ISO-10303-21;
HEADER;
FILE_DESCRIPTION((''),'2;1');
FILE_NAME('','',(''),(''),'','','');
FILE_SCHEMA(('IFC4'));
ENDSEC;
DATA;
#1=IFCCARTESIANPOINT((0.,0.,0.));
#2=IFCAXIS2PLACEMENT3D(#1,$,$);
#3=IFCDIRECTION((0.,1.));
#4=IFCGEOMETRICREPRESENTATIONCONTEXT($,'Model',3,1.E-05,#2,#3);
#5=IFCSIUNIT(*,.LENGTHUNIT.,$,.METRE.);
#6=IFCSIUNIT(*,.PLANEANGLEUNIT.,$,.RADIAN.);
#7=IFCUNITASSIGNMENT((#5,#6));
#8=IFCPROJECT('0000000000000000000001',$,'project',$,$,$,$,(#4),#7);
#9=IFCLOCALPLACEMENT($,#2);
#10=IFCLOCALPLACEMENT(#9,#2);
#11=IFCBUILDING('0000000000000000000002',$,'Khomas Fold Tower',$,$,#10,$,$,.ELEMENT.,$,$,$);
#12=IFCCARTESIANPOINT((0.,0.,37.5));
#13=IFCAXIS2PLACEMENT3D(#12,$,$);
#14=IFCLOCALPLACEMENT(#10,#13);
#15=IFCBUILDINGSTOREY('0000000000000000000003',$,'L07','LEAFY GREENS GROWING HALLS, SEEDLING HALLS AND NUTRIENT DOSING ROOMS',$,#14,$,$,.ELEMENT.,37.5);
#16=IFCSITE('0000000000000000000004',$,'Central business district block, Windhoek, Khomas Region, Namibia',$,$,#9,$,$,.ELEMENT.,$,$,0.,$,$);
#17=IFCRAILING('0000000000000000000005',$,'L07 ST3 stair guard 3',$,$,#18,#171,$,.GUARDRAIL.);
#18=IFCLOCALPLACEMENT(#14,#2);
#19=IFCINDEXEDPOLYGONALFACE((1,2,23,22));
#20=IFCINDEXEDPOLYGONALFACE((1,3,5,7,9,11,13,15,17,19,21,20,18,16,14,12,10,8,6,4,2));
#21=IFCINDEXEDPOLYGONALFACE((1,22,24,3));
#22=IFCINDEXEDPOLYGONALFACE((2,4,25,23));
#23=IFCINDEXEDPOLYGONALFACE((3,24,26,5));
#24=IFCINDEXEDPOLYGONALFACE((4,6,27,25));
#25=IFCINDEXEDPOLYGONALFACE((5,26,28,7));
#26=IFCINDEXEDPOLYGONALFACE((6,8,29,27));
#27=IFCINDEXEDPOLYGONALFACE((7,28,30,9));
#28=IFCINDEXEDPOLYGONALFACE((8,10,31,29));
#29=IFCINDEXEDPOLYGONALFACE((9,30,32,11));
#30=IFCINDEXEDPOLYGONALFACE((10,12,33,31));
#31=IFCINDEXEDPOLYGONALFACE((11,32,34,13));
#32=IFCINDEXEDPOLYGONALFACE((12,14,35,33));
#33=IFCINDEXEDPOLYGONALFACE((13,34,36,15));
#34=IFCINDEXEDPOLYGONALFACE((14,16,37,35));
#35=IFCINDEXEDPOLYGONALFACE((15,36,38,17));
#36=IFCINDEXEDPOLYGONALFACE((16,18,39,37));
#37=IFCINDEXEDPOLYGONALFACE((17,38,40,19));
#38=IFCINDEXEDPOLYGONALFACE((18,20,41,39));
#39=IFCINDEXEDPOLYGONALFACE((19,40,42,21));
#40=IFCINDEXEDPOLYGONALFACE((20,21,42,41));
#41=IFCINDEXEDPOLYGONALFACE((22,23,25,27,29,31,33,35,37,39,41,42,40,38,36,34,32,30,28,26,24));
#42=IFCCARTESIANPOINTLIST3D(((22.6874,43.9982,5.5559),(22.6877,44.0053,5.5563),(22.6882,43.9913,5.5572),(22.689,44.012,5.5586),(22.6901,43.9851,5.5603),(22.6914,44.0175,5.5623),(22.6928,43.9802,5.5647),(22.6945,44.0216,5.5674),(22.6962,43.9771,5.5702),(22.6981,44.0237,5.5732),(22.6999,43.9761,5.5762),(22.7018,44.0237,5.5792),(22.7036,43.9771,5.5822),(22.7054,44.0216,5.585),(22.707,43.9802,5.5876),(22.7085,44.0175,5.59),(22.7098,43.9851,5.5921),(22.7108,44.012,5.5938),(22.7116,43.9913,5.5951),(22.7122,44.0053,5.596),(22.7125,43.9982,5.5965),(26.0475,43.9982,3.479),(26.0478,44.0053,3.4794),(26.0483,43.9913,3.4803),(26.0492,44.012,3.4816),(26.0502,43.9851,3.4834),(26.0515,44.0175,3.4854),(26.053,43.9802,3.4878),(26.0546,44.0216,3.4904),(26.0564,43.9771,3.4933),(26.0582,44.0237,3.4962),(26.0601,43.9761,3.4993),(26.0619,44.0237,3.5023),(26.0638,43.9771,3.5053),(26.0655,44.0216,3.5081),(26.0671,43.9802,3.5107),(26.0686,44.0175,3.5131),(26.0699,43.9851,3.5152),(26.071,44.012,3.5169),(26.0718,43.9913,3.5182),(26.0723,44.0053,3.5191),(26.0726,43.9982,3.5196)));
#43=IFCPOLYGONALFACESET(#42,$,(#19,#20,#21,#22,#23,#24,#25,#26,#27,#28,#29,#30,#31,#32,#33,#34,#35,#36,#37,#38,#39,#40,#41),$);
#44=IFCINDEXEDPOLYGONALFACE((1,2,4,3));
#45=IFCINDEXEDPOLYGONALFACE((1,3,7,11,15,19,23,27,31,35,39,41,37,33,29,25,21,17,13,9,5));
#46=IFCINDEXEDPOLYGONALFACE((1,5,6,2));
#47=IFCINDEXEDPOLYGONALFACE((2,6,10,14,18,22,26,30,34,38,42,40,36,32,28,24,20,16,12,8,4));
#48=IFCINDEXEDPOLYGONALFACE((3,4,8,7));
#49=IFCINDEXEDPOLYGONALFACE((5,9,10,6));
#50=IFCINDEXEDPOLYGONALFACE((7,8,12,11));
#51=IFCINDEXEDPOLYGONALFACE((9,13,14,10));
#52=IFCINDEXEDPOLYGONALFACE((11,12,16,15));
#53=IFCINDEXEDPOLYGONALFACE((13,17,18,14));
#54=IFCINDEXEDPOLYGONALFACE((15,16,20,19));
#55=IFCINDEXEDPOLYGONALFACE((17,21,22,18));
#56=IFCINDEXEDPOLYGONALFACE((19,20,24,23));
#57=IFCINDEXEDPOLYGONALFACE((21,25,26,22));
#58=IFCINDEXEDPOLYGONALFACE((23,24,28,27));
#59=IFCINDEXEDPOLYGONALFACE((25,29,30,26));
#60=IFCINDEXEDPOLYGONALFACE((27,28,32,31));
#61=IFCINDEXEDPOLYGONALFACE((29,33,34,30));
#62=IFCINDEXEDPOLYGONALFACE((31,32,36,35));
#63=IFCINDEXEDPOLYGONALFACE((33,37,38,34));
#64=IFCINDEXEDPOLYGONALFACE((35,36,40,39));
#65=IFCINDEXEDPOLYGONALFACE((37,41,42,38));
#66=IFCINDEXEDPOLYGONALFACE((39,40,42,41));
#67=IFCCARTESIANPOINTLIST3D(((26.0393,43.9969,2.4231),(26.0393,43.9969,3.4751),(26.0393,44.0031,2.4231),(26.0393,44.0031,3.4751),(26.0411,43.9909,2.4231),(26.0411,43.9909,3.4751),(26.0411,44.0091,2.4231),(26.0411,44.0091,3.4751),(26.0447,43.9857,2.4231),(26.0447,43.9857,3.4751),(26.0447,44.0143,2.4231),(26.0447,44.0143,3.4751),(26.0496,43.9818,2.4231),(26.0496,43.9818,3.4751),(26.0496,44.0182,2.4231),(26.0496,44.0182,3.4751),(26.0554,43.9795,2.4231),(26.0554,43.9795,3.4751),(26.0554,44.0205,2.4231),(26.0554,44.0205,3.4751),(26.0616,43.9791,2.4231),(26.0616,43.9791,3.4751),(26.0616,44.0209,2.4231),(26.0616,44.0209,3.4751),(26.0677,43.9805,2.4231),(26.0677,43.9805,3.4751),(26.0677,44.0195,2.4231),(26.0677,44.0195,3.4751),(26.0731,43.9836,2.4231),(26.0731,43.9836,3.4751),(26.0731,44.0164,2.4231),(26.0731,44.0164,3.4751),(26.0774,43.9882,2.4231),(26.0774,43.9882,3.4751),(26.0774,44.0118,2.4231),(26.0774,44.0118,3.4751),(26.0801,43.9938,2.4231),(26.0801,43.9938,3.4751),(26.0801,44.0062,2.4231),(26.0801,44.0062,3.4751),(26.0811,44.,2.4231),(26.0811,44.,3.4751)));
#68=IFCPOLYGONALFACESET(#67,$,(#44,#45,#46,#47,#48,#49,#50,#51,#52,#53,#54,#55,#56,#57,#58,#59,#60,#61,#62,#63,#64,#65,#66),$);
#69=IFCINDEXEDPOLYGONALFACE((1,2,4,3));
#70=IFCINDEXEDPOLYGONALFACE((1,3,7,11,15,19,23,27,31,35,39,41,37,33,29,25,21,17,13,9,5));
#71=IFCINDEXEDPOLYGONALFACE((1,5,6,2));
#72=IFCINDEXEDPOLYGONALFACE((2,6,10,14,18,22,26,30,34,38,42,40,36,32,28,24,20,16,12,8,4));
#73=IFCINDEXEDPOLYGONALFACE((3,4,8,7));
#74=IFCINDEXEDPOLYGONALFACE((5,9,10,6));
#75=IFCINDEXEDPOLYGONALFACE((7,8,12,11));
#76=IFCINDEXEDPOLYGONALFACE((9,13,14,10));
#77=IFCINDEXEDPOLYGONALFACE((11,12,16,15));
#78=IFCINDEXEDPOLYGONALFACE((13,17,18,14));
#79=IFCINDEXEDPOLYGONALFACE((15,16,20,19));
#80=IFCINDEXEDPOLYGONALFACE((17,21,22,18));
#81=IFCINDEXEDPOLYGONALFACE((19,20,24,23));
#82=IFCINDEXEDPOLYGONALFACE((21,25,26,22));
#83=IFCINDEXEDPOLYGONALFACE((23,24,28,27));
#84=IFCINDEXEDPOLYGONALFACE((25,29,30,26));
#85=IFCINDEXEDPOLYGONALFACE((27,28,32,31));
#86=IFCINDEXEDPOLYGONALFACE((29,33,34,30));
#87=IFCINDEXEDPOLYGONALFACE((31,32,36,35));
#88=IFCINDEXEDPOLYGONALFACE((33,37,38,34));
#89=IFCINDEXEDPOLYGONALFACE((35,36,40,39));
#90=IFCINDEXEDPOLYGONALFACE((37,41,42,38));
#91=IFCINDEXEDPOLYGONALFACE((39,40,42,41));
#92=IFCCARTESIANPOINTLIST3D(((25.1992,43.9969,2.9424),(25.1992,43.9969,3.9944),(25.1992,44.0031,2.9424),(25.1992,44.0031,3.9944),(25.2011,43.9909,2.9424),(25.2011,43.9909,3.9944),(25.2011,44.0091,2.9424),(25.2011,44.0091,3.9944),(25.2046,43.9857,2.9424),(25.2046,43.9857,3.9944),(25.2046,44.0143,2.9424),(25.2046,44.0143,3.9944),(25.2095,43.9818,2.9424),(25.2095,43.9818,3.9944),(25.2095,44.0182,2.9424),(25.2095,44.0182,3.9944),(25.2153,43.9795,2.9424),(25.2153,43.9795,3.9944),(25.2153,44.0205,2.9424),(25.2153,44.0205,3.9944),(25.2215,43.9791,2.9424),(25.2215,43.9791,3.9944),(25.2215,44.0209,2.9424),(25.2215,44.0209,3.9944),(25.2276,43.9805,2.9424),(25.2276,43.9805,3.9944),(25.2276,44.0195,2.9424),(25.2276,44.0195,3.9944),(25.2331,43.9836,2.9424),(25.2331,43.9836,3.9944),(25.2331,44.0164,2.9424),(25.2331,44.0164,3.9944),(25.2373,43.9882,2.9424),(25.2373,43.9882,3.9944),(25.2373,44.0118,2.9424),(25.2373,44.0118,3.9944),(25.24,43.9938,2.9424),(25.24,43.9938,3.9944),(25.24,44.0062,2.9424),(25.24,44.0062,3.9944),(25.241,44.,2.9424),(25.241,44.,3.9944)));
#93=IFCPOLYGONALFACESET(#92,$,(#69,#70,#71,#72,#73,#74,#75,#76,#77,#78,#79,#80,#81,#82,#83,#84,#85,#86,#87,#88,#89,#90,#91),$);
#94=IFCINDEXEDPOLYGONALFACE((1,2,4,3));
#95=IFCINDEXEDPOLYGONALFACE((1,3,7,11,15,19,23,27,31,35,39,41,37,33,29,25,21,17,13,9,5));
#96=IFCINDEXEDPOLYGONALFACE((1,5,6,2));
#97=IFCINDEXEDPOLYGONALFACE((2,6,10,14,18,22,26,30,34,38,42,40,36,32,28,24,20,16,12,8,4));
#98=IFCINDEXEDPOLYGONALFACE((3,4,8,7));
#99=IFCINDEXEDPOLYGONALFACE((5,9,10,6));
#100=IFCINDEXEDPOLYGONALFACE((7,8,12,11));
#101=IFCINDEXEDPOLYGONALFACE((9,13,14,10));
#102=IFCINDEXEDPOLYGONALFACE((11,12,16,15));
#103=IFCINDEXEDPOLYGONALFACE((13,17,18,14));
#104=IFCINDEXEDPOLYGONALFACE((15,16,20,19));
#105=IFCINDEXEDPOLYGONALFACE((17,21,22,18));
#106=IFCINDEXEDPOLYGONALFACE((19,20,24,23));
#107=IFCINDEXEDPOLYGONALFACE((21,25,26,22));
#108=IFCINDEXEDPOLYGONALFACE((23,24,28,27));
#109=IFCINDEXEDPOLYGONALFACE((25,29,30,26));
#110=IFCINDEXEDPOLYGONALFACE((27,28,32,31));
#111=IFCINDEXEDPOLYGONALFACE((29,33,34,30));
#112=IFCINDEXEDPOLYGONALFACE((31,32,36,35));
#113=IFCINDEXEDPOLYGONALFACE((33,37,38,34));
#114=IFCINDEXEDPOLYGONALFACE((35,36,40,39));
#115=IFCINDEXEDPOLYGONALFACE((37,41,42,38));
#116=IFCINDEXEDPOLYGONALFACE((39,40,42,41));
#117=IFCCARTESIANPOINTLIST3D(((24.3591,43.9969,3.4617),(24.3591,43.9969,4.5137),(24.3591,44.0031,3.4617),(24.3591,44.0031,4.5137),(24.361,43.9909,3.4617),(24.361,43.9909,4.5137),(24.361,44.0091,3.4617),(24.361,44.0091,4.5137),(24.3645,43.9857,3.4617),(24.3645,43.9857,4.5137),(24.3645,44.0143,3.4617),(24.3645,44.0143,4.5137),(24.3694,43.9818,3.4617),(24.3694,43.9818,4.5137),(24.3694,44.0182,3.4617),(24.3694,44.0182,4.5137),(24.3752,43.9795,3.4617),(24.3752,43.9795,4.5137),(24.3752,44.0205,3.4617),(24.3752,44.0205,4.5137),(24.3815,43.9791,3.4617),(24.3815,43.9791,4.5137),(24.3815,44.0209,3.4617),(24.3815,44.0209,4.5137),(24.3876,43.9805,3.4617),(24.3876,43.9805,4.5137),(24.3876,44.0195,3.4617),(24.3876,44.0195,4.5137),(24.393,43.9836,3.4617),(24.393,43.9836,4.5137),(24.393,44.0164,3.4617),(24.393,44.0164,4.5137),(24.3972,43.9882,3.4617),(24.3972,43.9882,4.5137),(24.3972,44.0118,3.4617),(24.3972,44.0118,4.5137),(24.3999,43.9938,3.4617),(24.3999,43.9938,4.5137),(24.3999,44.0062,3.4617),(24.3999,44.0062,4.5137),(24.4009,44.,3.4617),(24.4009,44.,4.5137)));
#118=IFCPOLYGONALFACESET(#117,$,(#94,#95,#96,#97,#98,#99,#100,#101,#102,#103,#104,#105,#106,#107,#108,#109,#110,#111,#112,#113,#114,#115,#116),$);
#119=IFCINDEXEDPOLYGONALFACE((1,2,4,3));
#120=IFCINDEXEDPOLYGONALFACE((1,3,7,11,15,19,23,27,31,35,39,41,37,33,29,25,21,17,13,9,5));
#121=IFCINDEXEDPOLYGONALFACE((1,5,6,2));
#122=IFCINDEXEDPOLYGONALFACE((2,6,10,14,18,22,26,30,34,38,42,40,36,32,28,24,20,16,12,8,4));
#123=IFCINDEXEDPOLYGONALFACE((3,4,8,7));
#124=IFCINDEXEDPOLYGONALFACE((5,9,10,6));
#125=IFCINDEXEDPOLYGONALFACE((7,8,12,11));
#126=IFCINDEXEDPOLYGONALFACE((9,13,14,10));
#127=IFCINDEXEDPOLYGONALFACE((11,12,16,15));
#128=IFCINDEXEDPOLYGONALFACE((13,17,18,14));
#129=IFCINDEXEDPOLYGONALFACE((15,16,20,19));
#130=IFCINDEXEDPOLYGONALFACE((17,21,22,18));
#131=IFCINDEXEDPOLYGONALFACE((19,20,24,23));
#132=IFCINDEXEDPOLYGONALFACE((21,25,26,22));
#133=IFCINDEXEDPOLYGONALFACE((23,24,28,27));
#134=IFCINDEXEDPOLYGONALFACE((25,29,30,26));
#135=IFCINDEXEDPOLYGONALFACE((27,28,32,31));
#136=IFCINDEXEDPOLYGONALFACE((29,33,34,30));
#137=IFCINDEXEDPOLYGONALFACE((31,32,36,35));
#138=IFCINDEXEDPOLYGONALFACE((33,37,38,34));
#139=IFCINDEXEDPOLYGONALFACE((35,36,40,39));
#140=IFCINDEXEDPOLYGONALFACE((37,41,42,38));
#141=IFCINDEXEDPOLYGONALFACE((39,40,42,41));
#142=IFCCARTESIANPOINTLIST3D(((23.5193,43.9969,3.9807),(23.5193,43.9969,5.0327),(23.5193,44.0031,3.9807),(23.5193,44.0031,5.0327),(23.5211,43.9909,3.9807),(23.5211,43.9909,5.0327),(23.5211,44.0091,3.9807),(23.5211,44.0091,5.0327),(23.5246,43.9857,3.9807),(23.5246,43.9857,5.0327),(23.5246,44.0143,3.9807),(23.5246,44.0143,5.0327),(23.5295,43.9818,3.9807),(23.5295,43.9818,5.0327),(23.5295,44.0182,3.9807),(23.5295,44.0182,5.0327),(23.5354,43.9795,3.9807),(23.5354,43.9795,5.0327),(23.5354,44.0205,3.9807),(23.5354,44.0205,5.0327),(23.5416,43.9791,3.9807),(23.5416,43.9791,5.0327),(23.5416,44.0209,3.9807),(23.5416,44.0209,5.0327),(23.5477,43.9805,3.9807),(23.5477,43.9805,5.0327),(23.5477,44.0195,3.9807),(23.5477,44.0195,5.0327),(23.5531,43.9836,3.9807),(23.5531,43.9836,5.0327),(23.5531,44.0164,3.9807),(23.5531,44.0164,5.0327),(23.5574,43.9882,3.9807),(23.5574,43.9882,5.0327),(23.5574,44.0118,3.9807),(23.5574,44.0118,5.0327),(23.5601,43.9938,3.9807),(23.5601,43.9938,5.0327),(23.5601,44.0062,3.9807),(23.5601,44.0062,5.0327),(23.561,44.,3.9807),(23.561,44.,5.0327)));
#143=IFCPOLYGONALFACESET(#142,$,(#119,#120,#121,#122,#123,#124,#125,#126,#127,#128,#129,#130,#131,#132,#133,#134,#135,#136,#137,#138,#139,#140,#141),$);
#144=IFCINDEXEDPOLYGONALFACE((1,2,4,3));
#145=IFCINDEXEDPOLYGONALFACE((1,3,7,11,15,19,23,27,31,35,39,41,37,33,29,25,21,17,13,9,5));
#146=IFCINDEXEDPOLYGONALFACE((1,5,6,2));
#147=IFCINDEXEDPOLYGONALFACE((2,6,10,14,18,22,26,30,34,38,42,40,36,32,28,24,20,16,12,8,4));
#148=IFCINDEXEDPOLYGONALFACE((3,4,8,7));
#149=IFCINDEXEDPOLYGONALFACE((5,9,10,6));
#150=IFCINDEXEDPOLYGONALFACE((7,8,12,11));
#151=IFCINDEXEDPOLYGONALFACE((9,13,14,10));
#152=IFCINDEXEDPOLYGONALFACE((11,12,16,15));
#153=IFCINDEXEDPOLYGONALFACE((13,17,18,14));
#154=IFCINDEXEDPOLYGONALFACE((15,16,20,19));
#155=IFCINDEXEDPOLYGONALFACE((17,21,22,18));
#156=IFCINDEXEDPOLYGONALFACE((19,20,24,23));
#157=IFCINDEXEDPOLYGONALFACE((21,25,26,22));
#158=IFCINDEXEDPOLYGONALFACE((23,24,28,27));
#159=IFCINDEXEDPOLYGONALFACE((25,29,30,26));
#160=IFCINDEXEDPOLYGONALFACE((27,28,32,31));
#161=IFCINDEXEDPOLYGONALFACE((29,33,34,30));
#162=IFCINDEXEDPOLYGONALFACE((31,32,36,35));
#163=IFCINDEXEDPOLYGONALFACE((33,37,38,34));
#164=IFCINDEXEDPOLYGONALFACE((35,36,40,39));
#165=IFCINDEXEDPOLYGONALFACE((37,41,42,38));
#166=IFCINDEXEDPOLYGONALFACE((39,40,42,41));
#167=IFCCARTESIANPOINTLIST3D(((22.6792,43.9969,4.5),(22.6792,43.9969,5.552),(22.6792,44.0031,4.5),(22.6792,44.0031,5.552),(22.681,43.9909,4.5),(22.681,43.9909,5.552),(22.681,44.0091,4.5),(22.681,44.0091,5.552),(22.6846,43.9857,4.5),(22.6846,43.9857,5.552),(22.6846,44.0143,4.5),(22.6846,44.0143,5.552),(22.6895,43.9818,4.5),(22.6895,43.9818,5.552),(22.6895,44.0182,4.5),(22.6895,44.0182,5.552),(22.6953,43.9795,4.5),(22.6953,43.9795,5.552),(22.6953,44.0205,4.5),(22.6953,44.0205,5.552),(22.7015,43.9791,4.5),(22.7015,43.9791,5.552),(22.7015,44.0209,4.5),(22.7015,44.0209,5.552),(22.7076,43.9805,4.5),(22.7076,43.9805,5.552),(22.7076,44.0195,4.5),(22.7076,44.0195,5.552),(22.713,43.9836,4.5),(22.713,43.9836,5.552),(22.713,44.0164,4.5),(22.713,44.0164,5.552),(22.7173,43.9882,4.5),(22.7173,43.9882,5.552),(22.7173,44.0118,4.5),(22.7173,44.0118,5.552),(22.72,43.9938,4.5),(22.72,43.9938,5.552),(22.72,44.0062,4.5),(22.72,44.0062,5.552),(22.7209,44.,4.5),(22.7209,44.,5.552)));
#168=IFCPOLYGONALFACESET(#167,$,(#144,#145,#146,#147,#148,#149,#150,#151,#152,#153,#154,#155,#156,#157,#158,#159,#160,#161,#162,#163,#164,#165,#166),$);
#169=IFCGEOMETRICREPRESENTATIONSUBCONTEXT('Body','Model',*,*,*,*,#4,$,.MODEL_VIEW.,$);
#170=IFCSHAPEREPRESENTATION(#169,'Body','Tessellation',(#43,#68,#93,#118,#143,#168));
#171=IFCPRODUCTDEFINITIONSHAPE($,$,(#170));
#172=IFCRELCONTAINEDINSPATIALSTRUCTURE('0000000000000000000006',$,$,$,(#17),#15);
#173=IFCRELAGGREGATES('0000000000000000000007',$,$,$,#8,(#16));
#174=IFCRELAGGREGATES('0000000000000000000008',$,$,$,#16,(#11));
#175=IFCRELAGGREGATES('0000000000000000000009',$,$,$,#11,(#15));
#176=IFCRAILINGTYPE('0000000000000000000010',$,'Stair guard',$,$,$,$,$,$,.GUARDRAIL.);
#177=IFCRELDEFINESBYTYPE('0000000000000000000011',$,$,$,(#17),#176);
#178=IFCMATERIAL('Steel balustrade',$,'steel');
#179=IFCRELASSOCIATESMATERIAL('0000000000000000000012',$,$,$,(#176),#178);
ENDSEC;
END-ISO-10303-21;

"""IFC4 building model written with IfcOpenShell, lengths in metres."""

from ifc_helpers import new_model, si_unit, direction, frame, origin, origin_2d, place, context, subcontext, project, spatial, circle, extrude, source, transform, mapped, material, type_object, element, save


model = new_model("IFC4")

# Units and contexts
model_context = context("Model", 3, precision=1e-05, world=origin(), true_north=direction((0.0, 1.0)))
body_context = subcontext(model_context, "Body", "Model", "MODEL_VIEW")
ifc_project = project(units=[si_unit("LENGTHUNIT", "METRE"), si_unit("PLANEANGLEUNIT", "RADIAN")], contexts=[model_context])

# Site, building, storey
site_placement = place(None, origin())
site = spatial("IfcSite", under=ifc_project, at=site_placement, Name="Central business district block, Windhoek, Khomas Region, Namibia", CompositionType="ELEMENT", RefElevation=0.0)
building_placement = place(site_placement, origin())
building = spatial("IfcBuilding", under=site, at=building_placement, Name="Khomas Fold Tower", CompositionType="ELEMENT")
storey_placement = place(building_placement, frame((0.0, 0.0, 37.5)))
storey = spatial("IfcBuildingStorey", under=building, at=storey_placement, Name="L07", Description="LEAFY GREENS GROWING HALLS, SEEDLING HALLS AND NUTRIENT DOSING ROOMS", CompositionType="ELEMENT", Elevation=37.5)

# Railing
ifc_material_1 = material(Name="Steel balustrade", Category="steel")
railing_type_1 = type_object("IfcRailingType", Name="Stair guard", PredefinedType="GUARDRAIL", material=ifc_material_1)
shared_shape_1 = source(origin(), body_context, "Body", "SweptSolid", [
    extrude(circle(Radius=0.0239, at=origin_2d()), frame((0.0, 0.0, 1.0762), z_axis=(-0.850623, 0.0, 0.525776), x_axis=(0.0, -1.0, 0.0)), (0.0, 0.0, 1.0), 3.9502),
    extrude(circle(Radius=0.021, at=origin_2d()), origin(), (0.0, 0.0, 1.0), 1.052),
    extrude(circle(Radius=0.021, at=origin_2d()), frame((-0.8401, 0.0, 0.5193)), (0.0, 0.0, 1.0), 1.052),
    extrude(circle(Radius=0.021, at=origin_2d()), frame((-1.6802, 0.0, 1.0386)), (0.0, 0.0, 1.0), 1.052),
    extrude(circle(Radius=0.021, at=origin_2d()), frame((-2.52, 0.0, 1.5576)), (0.0, 0.0, 1.0), 1.052),
    extrude(circle(Radius=0.021, at=origin_2d()), frame((-3.3601, 0.0, 2.0769)), (0.0, 0.0, 1.0), 1.052),
])
railing_1_placement = place(storey_placement, frame((26.0601, 44.0, 2.4231)))
element("IfcRailing", 1, at=railing_1_placement, inside=storey, type_object=railing_type_1, Name="L07 ST3 stair guard 3", PredefinedType="GUARDRAIL", context=body_context, shape_type="MappedRepresentation", body=[
    mapped(shared_shape_1, transform((0.0, 0.0, 0.0))),
])

save(model, "model.ifc")
